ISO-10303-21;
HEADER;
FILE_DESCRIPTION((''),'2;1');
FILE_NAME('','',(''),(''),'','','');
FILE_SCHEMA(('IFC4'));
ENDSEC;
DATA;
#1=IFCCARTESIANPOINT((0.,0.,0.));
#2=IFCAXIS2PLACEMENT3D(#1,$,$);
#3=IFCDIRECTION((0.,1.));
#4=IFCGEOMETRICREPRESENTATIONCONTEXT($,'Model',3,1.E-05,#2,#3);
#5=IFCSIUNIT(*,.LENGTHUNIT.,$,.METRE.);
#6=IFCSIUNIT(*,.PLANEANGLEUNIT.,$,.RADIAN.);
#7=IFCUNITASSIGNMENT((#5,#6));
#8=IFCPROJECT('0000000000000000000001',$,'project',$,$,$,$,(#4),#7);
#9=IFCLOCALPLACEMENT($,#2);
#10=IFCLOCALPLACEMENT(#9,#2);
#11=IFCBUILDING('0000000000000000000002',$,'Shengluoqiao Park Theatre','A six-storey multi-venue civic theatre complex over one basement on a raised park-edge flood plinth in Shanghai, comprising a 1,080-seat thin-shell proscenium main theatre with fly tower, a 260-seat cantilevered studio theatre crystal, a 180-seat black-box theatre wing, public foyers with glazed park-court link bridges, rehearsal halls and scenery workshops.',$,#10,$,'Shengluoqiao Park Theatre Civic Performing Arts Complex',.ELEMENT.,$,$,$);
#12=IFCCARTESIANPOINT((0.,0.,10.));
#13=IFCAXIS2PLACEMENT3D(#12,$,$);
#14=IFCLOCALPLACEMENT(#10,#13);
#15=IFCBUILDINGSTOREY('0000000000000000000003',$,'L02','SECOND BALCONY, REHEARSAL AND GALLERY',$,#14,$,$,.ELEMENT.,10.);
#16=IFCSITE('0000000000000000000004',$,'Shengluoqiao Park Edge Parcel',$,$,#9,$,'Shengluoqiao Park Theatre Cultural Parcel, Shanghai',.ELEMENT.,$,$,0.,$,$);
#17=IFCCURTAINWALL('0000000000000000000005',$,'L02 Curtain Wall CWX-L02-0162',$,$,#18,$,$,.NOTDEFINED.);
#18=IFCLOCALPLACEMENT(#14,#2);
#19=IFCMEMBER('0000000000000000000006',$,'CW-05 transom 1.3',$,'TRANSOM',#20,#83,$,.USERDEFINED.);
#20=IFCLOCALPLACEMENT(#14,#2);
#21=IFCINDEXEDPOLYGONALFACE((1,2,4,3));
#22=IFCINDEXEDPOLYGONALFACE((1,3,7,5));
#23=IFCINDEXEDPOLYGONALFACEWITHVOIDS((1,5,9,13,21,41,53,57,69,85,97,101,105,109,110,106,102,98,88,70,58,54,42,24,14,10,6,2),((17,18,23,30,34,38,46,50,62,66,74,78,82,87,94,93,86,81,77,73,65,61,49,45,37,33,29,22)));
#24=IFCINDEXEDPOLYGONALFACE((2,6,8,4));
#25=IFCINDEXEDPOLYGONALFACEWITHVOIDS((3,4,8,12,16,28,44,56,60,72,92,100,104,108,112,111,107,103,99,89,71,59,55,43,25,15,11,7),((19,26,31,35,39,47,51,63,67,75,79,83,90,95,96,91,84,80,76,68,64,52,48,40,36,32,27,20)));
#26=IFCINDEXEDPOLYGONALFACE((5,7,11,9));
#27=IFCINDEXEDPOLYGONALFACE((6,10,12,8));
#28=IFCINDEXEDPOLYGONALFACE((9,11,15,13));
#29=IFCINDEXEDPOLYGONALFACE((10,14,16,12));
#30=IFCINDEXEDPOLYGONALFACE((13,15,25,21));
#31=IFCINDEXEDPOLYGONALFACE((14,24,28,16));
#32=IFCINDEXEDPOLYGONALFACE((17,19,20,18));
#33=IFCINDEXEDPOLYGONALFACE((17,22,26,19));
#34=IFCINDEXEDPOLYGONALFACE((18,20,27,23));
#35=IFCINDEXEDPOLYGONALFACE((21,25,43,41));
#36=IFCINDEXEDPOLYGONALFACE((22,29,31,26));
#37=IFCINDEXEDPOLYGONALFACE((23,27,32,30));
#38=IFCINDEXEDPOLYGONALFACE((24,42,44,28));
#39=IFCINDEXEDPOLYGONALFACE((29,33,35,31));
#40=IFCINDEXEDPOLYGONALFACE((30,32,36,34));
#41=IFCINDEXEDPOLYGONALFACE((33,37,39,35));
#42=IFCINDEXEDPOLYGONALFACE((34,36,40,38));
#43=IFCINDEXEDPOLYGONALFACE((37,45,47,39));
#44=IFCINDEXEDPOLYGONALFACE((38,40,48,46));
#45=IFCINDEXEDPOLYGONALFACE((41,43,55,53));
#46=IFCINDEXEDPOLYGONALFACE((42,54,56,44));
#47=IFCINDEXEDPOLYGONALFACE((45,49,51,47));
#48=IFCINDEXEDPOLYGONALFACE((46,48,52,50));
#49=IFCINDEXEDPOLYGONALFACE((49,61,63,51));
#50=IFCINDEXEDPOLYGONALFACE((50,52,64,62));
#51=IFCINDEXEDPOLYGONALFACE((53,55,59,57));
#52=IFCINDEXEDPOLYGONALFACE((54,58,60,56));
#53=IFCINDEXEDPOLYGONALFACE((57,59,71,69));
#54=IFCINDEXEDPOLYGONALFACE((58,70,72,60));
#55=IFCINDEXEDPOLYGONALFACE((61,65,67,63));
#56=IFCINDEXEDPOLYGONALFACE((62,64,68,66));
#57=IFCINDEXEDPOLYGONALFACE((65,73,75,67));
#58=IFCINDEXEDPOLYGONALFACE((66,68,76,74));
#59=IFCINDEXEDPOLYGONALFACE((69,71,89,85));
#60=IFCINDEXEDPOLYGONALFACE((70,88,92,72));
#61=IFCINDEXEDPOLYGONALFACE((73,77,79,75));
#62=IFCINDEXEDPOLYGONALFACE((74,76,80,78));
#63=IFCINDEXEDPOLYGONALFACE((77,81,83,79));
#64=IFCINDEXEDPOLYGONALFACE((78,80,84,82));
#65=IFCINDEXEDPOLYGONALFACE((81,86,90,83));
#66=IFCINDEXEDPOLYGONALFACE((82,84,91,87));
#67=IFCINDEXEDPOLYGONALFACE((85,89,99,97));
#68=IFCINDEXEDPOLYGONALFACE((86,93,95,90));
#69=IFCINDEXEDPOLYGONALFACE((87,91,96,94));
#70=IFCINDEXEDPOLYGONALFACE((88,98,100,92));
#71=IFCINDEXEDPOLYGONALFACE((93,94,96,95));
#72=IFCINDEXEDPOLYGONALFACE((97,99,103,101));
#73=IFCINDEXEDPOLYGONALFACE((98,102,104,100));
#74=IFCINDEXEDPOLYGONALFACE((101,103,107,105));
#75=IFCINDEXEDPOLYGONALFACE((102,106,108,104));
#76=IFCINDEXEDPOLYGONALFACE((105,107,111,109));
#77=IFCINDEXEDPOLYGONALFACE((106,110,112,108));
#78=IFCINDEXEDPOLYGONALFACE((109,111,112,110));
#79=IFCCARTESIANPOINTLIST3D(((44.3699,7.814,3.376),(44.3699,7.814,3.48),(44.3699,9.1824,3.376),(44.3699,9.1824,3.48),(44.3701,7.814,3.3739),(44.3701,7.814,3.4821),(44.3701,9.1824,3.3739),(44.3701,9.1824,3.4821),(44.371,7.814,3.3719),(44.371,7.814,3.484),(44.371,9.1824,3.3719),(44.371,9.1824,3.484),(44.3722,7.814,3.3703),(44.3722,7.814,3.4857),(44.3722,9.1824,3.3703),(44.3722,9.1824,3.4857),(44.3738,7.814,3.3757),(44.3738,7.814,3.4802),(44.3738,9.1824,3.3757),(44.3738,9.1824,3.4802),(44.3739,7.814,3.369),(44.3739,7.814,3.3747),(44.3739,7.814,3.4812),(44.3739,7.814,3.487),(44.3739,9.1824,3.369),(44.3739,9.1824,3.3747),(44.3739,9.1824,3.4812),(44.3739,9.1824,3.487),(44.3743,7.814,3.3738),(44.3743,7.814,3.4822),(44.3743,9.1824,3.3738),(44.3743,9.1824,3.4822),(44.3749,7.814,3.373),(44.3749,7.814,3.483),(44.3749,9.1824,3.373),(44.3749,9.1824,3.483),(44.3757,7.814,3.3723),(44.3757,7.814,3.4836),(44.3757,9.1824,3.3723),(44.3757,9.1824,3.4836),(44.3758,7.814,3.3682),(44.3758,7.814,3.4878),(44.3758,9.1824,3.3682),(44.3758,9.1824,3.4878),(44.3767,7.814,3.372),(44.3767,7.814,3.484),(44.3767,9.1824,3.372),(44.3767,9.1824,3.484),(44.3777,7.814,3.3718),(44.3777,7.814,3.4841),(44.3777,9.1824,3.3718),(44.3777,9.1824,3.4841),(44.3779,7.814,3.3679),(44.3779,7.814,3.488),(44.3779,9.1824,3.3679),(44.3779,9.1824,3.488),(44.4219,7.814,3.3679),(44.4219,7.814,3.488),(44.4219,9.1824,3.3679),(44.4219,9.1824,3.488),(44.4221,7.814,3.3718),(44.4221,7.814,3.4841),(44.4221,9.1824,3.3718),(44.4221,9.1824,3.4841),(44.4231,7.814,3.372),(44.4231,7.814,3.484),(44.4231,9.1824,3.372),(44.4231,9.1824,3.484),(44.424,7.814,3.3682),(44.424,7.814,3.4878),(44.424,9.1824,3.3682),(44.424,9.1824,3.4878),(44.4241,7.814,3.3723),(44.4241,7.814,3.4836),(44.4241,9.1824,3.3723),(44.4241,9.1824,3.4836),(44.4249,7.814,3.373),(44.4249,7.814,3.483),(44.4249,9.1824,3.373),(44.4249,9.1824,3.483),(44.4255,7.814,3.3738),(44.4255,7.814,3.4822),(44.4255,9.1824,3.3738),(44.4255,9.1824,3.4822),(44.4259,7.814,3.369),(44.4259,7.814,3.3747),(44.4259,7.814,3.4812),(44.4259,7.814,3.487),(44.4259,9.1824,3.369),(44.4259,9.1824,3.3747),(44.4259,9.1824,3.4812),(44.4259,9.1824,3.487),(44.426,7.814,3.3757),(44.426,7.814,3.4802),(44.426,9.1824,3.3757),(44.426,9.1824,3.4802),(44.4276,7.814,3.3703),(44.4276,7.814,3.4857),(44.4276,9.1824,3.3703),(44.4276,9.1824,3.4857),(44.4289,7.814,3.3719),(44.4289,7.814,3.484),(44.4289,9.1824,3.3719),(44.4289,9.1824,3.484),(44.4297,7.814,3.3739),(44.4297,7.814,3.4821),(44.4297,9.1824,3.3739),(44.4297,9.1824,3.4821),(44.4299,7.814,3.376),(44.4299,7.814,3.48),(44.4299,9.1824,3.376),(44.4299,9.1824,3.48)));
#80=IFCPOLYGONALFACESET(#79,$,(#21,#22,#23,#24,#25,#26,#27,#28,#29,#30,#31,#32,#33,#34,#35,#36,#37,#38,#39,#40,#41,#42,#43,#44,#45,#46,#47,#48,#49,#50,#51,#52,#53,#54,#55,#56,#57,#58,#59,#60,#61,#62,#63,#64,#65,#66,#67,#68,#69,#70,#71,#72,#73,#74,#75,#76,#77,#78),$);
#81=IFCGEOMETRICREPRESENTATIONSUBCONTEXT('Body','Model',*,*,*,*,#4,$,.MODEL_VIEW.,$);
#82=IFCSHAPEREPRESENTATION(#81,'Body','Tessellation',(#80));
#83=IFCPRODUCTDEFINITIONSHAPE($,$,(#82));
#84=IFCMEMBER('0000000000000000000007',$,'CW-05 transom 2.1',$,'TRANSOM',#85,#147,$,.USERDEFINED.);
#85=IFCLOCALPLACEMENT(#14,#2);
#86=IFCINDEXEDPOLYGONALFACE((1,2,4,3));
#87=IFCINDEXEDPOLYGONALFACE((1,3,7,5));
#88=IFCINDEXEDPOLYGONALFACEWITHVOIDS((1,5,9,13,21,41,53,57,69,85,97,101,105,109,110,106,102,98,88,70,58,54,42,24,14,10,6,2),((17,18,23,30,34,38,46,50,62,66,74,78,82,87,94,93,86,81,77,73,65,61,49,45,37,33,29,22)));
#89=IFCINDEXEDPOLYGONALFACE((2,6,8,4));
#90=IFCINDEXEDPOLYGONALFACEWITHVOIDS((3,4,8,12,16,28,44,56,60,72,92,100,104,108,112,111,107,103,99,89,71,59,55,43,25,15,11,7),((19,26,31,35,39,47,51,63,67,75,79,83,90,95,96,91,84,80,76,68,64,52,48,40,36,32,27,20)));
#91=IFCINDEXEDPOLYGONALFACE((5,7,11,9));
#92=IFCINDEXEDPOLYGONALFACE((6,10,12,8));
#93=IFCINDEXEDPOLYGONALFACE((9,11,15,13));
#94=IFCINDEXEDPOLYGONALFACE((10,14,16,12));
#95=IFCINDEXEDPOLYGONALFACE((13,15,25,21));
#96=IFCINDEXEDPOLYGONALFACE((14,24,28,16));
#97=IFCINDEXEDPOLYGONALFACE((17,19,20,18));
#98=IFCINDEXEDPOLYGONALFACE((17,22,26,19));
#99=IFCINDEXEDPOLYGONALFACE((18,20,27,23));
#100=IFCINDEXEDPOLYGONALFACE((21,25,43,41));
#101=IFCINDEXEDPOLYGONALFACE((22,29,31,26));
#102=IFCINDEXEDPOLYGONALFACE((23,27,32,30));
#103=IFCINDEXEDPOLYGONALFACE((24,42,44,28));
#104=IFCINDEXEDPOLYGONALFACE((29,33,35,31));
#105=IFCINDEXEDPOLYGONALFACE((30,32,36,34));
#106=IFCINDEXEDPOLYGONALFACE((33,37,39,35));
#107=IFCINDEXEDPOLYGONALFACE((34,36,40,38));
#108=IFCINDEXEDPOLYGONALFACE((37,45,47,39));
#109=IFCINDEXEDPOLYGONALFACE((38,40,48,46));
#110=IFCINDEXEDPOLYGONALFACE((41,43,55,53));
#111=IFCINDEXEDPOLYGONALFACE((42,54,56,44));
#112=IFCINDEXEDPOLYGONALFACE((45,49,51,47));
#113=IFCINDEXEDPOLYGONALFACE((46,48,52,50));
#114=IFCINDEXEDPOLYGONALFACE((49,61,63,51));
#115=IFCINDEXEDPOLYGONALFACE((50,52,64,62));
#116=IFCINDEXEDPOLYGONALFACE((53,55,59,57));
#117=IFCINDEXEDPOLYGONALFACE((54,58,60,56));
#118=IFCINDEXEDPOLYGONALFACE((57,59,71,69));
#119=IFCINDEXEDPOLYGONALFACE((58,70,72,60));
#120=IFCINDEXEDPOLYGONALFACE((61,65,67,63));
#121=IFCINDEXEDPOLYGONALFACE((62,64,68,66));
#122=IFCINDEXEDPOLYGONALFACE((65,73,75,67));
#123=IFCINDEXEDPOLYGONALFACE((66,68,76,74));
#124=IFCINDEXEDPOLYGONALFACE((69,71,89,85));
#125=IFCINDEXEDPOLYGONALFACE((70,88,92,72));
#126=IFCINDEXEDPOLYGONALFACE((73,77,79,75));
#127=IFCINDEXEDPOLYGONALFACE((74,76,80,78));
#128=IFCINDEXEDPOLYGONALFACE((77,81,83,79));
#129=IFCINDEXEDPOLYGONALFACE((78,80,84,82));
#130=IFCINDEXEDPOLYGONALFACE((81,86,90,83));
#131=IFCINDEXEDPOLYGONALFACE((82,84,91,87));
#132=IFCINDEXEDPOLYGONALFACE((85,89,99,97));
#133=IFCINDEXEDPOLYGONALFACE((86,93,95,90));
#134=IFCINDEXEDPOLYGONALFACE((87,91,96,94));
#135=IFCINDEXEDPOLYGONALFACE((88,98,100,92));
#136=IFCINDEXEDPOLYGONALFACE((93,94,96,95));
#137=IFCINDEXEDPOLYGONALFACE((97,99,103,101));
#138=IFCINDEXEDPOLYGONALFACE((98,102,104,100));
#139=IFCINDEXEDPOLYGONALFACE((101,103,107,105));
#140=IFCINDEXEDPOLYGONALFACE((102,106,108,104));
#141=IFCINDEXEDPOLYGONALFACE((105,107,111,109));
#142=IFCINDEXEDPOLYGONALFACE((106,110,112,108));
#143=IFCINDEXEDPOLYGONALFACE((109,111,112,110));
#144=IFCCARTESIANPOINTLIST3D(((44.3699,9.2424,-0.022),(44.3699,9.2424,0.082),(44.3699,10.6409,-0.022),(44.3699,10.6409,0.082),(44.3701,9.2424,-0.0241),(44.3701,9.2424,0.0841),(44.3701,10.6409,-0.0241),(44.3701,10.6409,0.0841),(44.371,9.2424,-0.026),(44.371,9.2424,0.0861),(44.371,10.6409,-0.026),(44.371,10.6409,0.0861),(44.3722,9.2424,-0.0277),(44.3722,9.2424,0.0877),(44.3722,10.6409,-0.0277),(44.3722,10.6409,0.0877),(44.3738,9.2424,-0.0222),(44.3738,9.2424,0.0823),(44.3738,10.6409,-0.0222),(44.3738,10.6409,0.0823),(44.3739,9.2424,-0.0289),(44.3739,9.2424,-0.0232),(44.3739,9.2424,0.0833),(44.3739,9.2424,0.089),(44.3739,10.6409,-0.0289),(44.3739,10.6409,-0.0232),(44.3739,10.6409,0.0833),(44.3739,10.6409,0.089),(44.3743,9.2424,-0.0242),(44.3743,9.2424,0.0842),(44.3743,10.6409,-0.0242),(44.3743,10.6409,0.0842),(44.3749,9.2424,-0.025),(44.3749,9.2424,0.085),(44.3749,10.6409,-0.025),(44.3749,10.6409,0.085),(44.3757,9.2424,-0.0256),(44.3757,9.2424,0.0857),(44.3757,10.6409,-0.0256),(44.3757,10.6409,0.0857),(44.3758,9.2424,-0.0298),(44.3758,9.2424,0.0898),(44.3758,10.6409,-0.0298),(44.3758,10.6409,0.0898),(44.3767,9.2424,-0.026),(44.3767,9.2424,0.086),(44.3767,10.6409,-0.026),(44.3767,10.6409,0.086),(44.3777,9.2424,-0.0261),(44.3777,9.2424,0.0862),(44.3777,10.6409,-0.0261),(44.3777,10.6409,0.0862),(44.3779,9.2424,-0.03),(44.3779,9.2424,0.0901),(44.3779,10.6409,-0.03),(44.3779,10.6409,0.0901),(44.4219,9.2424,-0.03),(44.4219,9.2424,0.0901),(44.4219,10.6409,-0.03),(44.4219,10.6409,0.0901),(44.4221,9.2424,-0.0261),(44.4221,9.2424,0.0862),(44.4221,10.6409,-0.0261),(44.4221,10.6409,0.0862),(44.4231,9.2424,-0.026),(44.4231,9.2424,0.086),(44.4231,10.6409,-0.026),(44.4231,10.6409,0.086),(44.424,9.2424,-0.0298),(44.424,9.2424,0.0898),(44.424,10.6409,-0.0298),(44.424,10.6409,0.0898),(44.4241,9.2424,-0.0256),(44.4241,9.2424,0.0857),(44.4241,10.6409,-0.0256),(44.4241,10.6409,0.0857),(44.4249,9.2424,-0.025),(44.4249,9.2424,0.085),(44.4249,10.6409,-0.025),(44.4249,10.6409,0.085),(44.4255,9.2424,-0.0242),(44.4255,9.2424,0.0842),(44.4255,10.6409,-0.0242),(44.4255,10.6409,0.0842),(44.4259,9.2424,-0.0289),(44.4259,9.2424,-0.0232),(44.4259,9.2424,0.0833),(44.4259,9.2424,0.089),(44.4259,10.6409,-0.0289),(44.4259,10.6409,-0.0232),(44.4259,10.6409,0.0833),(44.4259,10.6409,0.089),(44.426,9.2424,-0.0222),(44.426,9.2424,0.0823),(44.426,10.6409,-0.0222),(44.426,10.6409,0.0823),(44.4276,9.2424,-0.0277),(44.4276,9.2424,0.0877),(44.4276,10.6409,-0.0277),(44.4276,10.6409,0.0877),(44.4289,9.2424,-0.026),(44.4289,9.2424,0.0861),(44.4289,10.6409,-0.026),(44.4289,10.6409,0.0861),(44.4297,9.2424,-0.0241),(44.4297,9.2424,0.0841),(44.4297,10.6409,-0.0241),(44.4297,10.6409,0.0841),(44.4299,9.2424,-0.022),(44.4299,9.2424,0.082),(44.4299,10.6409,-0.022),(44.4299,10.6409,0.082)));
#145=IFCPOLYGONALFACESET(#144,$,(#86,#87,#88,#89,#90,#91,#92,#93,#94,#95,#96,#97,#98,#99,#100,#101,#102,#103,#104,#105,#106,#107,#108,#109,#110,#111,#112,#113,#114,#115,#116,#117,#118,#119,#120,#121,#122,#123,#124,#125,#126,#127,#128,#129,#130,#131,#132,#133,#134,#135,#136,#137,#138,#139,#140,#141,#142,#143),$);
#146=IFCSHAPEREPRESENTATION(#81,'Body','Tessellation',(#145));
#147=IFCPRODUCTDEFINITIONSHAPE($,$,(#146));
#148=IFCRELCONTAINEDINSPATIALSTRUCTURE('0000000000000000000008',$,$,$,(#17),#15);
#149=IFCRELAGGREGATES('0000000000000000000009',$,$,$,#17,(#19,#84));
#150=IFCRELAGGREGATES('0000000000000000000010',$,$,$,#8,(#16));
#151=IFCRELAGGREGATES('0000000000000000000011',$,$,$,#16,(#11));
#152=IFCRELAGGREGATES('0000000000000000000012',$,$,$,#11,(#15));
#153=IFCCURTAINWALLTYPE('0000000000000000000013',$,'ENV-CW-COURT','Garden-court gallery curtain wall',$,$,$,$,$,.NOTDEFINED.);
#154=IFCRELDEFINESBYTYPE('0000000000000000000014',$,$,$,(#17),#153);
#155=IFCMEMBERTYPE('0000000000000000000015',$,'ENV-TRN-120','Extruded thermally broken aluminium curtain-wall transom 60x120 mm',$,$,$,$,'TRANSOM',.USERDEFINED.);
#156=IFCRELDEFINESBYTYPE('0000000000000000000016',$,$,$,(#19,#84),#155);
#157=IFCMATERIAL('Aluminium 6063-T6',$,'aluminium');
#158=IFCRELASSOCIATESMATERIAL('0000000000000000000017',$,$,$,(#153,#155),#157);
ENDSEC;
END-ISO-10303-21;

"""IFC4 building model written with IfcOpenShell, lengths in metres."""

from ifc_helpers import new_model, si_unit, direction, frame, origin, origin_2d, place, context, subcontext, project, spatial, hollow_rectangle, extrude, material, material_profile, profile_set, type_object, element, aggregate, save


model = new_model("IFC4")

# Units and contexts
model_context = context("Model", 3, precision=1e-05, world=origin(), true_north=direction((0.0, 1.0)))
body_context = subcontext(model_context, "Body", "Model", "MODEL_VIEW")
ifc_project = project(units=[si_unit("LENGTHUNIT", "METRE"), si_unit("PLANEANGLEUNIT", "RADIAN")], contexts=[model_context])

# Site, building, storey
site_placement = place(None, origin())
site = spatial("IfcSite", under=ifc_project, at=site_placement, Name="Shengluoqiao Park Edge Parcel", LongName="Shengluoqiao Park Theatre Cultural Parcel, Shanghai", CompositionType="ELEMENT", RefElevation=0.0)
building_placement = place(site_placement, origin())
building = spatial("IfcBuilding", under=site, at=building_placement, Name="Shengluoqiao Park Theatre", Description="A six-storey multi-venue civic theatre complex over one basement on a raised park-edge flood plinth in Shanghai, comprising a 1,080-seat thin-shell proscenium main theatre with fly tower, a 260-seat cantilevered studio theatre crystal, a 180-seat black-box theatre wing, public foyers with glazed park-court link bridges, rehearsal halls and scenery workshops.", LongName="Shengluoqiao Park Theatre Civic Performing Arts Complex", CompositionType="ELEMENT")
storey_placement = place(building_placement, frame((0.0, 0.0, 10.0)))
storey = spatial("IfcBuildingStorey", under=building, at=storey_placement, Name="L02", Description="SECOND BALCONY, REHEARSAL AND GALLERY", CompositionType="ELEMENT", Elevation=10.0)

# Curtain wall, members
ifc_material_1 = material(Name="Aluminium 6063-T6", Category="aluminium")
curtain_wall_type = type_object("IfcCurtainWallType", Name="ENV-CW-COURT", Description="Garden-court gallery curtain wall", PredefinedType="NOTDEFINED", material=ifc_material_1)
curtain_wall_placement = place(storey_placement, origin())
curtain_wall = element("IfcCurtainWall", 1, at=curtain_wall_placement, inside=storey, type_object=curtain_wall_type, Name="L02 Curtain Wall CWX-L02-0162", PredefinedType="NOTDEFINED")
ifc_material_profile_1 = material_profile(ifc_material_1, hollow_rectangle(XDim=0.0601, YDim=0.1201, WallThickness=0.0039, InnerFilletRadius=0.0039, OuterFilletRadius=0.0081, at=origin_2d()), Name="ALU TRANSOM 120x60x4")
ifc_profile_set_1 = profile_set([ifc_material_profile_1], Name="Aluminium 6063-T6")
member_type_1 = type_object("IfcMemberType", Name="ENV-TRN-120", Description="Extruded thermally broken aluminium curtain-wall transom 60x120 mm", ElementType="TRANSOM", PredefinedType="USERDEFINED", material=ifc_profile_set_1)
member_1_placement = place(storey_placement, frame((44.3999, 7.814, 3.428), z_axis=(0.0, 1.0, 0.0), x_axis=(-1.0, 0.0, 0.0)))
member_1 = element("IfcMember", 2, at=member_1_placement, type_object=member_type_1, Name="CW-05 transom 1.3", ObjectType="TRANSOM", PredefinedType="USERDEFINED", context=body_context, shape_type="SweptSolid", body=[
    extrude(hollow_rectangle(XDim=0.0601, YDim=0.1201, WallThickness=0.0039, InnerFilletRadius=0.0039, OuterFilletRadius=0.0081, at=origin_2d()), origin(), (0.0, 0.0, 1.0), 1.3684),
])
member_2_placement = place(storey_placement, frame((44.3999, 9.2424, 0.03), z_axis=(0.0, 1.0, 0.0), x_axis=(-1.0, 0.0, 0.0)))
member_2 = element("IfcMember", 3, at=member_2_placement, type_object=member_type_1, Name="CW-05 transom 2.1", ObjectType="TRANSOM", PredefinedType="USERDEFINED", context=body_context, shape_type="SweptSolid", body=[
    extrude(hollow_rectangle(XDim=0.0601, YDim=0.1201, WallThickness=0.0039, InnerFilletRadius=0.0039, OuterFilletRadius=0.0081, at=origin_2d()), origin(), (0.0, 0.0, 1.0), 1.3984),
])
aggregate(curtain_wall, [member_1, member_2])

save(model, "model.ifc")
